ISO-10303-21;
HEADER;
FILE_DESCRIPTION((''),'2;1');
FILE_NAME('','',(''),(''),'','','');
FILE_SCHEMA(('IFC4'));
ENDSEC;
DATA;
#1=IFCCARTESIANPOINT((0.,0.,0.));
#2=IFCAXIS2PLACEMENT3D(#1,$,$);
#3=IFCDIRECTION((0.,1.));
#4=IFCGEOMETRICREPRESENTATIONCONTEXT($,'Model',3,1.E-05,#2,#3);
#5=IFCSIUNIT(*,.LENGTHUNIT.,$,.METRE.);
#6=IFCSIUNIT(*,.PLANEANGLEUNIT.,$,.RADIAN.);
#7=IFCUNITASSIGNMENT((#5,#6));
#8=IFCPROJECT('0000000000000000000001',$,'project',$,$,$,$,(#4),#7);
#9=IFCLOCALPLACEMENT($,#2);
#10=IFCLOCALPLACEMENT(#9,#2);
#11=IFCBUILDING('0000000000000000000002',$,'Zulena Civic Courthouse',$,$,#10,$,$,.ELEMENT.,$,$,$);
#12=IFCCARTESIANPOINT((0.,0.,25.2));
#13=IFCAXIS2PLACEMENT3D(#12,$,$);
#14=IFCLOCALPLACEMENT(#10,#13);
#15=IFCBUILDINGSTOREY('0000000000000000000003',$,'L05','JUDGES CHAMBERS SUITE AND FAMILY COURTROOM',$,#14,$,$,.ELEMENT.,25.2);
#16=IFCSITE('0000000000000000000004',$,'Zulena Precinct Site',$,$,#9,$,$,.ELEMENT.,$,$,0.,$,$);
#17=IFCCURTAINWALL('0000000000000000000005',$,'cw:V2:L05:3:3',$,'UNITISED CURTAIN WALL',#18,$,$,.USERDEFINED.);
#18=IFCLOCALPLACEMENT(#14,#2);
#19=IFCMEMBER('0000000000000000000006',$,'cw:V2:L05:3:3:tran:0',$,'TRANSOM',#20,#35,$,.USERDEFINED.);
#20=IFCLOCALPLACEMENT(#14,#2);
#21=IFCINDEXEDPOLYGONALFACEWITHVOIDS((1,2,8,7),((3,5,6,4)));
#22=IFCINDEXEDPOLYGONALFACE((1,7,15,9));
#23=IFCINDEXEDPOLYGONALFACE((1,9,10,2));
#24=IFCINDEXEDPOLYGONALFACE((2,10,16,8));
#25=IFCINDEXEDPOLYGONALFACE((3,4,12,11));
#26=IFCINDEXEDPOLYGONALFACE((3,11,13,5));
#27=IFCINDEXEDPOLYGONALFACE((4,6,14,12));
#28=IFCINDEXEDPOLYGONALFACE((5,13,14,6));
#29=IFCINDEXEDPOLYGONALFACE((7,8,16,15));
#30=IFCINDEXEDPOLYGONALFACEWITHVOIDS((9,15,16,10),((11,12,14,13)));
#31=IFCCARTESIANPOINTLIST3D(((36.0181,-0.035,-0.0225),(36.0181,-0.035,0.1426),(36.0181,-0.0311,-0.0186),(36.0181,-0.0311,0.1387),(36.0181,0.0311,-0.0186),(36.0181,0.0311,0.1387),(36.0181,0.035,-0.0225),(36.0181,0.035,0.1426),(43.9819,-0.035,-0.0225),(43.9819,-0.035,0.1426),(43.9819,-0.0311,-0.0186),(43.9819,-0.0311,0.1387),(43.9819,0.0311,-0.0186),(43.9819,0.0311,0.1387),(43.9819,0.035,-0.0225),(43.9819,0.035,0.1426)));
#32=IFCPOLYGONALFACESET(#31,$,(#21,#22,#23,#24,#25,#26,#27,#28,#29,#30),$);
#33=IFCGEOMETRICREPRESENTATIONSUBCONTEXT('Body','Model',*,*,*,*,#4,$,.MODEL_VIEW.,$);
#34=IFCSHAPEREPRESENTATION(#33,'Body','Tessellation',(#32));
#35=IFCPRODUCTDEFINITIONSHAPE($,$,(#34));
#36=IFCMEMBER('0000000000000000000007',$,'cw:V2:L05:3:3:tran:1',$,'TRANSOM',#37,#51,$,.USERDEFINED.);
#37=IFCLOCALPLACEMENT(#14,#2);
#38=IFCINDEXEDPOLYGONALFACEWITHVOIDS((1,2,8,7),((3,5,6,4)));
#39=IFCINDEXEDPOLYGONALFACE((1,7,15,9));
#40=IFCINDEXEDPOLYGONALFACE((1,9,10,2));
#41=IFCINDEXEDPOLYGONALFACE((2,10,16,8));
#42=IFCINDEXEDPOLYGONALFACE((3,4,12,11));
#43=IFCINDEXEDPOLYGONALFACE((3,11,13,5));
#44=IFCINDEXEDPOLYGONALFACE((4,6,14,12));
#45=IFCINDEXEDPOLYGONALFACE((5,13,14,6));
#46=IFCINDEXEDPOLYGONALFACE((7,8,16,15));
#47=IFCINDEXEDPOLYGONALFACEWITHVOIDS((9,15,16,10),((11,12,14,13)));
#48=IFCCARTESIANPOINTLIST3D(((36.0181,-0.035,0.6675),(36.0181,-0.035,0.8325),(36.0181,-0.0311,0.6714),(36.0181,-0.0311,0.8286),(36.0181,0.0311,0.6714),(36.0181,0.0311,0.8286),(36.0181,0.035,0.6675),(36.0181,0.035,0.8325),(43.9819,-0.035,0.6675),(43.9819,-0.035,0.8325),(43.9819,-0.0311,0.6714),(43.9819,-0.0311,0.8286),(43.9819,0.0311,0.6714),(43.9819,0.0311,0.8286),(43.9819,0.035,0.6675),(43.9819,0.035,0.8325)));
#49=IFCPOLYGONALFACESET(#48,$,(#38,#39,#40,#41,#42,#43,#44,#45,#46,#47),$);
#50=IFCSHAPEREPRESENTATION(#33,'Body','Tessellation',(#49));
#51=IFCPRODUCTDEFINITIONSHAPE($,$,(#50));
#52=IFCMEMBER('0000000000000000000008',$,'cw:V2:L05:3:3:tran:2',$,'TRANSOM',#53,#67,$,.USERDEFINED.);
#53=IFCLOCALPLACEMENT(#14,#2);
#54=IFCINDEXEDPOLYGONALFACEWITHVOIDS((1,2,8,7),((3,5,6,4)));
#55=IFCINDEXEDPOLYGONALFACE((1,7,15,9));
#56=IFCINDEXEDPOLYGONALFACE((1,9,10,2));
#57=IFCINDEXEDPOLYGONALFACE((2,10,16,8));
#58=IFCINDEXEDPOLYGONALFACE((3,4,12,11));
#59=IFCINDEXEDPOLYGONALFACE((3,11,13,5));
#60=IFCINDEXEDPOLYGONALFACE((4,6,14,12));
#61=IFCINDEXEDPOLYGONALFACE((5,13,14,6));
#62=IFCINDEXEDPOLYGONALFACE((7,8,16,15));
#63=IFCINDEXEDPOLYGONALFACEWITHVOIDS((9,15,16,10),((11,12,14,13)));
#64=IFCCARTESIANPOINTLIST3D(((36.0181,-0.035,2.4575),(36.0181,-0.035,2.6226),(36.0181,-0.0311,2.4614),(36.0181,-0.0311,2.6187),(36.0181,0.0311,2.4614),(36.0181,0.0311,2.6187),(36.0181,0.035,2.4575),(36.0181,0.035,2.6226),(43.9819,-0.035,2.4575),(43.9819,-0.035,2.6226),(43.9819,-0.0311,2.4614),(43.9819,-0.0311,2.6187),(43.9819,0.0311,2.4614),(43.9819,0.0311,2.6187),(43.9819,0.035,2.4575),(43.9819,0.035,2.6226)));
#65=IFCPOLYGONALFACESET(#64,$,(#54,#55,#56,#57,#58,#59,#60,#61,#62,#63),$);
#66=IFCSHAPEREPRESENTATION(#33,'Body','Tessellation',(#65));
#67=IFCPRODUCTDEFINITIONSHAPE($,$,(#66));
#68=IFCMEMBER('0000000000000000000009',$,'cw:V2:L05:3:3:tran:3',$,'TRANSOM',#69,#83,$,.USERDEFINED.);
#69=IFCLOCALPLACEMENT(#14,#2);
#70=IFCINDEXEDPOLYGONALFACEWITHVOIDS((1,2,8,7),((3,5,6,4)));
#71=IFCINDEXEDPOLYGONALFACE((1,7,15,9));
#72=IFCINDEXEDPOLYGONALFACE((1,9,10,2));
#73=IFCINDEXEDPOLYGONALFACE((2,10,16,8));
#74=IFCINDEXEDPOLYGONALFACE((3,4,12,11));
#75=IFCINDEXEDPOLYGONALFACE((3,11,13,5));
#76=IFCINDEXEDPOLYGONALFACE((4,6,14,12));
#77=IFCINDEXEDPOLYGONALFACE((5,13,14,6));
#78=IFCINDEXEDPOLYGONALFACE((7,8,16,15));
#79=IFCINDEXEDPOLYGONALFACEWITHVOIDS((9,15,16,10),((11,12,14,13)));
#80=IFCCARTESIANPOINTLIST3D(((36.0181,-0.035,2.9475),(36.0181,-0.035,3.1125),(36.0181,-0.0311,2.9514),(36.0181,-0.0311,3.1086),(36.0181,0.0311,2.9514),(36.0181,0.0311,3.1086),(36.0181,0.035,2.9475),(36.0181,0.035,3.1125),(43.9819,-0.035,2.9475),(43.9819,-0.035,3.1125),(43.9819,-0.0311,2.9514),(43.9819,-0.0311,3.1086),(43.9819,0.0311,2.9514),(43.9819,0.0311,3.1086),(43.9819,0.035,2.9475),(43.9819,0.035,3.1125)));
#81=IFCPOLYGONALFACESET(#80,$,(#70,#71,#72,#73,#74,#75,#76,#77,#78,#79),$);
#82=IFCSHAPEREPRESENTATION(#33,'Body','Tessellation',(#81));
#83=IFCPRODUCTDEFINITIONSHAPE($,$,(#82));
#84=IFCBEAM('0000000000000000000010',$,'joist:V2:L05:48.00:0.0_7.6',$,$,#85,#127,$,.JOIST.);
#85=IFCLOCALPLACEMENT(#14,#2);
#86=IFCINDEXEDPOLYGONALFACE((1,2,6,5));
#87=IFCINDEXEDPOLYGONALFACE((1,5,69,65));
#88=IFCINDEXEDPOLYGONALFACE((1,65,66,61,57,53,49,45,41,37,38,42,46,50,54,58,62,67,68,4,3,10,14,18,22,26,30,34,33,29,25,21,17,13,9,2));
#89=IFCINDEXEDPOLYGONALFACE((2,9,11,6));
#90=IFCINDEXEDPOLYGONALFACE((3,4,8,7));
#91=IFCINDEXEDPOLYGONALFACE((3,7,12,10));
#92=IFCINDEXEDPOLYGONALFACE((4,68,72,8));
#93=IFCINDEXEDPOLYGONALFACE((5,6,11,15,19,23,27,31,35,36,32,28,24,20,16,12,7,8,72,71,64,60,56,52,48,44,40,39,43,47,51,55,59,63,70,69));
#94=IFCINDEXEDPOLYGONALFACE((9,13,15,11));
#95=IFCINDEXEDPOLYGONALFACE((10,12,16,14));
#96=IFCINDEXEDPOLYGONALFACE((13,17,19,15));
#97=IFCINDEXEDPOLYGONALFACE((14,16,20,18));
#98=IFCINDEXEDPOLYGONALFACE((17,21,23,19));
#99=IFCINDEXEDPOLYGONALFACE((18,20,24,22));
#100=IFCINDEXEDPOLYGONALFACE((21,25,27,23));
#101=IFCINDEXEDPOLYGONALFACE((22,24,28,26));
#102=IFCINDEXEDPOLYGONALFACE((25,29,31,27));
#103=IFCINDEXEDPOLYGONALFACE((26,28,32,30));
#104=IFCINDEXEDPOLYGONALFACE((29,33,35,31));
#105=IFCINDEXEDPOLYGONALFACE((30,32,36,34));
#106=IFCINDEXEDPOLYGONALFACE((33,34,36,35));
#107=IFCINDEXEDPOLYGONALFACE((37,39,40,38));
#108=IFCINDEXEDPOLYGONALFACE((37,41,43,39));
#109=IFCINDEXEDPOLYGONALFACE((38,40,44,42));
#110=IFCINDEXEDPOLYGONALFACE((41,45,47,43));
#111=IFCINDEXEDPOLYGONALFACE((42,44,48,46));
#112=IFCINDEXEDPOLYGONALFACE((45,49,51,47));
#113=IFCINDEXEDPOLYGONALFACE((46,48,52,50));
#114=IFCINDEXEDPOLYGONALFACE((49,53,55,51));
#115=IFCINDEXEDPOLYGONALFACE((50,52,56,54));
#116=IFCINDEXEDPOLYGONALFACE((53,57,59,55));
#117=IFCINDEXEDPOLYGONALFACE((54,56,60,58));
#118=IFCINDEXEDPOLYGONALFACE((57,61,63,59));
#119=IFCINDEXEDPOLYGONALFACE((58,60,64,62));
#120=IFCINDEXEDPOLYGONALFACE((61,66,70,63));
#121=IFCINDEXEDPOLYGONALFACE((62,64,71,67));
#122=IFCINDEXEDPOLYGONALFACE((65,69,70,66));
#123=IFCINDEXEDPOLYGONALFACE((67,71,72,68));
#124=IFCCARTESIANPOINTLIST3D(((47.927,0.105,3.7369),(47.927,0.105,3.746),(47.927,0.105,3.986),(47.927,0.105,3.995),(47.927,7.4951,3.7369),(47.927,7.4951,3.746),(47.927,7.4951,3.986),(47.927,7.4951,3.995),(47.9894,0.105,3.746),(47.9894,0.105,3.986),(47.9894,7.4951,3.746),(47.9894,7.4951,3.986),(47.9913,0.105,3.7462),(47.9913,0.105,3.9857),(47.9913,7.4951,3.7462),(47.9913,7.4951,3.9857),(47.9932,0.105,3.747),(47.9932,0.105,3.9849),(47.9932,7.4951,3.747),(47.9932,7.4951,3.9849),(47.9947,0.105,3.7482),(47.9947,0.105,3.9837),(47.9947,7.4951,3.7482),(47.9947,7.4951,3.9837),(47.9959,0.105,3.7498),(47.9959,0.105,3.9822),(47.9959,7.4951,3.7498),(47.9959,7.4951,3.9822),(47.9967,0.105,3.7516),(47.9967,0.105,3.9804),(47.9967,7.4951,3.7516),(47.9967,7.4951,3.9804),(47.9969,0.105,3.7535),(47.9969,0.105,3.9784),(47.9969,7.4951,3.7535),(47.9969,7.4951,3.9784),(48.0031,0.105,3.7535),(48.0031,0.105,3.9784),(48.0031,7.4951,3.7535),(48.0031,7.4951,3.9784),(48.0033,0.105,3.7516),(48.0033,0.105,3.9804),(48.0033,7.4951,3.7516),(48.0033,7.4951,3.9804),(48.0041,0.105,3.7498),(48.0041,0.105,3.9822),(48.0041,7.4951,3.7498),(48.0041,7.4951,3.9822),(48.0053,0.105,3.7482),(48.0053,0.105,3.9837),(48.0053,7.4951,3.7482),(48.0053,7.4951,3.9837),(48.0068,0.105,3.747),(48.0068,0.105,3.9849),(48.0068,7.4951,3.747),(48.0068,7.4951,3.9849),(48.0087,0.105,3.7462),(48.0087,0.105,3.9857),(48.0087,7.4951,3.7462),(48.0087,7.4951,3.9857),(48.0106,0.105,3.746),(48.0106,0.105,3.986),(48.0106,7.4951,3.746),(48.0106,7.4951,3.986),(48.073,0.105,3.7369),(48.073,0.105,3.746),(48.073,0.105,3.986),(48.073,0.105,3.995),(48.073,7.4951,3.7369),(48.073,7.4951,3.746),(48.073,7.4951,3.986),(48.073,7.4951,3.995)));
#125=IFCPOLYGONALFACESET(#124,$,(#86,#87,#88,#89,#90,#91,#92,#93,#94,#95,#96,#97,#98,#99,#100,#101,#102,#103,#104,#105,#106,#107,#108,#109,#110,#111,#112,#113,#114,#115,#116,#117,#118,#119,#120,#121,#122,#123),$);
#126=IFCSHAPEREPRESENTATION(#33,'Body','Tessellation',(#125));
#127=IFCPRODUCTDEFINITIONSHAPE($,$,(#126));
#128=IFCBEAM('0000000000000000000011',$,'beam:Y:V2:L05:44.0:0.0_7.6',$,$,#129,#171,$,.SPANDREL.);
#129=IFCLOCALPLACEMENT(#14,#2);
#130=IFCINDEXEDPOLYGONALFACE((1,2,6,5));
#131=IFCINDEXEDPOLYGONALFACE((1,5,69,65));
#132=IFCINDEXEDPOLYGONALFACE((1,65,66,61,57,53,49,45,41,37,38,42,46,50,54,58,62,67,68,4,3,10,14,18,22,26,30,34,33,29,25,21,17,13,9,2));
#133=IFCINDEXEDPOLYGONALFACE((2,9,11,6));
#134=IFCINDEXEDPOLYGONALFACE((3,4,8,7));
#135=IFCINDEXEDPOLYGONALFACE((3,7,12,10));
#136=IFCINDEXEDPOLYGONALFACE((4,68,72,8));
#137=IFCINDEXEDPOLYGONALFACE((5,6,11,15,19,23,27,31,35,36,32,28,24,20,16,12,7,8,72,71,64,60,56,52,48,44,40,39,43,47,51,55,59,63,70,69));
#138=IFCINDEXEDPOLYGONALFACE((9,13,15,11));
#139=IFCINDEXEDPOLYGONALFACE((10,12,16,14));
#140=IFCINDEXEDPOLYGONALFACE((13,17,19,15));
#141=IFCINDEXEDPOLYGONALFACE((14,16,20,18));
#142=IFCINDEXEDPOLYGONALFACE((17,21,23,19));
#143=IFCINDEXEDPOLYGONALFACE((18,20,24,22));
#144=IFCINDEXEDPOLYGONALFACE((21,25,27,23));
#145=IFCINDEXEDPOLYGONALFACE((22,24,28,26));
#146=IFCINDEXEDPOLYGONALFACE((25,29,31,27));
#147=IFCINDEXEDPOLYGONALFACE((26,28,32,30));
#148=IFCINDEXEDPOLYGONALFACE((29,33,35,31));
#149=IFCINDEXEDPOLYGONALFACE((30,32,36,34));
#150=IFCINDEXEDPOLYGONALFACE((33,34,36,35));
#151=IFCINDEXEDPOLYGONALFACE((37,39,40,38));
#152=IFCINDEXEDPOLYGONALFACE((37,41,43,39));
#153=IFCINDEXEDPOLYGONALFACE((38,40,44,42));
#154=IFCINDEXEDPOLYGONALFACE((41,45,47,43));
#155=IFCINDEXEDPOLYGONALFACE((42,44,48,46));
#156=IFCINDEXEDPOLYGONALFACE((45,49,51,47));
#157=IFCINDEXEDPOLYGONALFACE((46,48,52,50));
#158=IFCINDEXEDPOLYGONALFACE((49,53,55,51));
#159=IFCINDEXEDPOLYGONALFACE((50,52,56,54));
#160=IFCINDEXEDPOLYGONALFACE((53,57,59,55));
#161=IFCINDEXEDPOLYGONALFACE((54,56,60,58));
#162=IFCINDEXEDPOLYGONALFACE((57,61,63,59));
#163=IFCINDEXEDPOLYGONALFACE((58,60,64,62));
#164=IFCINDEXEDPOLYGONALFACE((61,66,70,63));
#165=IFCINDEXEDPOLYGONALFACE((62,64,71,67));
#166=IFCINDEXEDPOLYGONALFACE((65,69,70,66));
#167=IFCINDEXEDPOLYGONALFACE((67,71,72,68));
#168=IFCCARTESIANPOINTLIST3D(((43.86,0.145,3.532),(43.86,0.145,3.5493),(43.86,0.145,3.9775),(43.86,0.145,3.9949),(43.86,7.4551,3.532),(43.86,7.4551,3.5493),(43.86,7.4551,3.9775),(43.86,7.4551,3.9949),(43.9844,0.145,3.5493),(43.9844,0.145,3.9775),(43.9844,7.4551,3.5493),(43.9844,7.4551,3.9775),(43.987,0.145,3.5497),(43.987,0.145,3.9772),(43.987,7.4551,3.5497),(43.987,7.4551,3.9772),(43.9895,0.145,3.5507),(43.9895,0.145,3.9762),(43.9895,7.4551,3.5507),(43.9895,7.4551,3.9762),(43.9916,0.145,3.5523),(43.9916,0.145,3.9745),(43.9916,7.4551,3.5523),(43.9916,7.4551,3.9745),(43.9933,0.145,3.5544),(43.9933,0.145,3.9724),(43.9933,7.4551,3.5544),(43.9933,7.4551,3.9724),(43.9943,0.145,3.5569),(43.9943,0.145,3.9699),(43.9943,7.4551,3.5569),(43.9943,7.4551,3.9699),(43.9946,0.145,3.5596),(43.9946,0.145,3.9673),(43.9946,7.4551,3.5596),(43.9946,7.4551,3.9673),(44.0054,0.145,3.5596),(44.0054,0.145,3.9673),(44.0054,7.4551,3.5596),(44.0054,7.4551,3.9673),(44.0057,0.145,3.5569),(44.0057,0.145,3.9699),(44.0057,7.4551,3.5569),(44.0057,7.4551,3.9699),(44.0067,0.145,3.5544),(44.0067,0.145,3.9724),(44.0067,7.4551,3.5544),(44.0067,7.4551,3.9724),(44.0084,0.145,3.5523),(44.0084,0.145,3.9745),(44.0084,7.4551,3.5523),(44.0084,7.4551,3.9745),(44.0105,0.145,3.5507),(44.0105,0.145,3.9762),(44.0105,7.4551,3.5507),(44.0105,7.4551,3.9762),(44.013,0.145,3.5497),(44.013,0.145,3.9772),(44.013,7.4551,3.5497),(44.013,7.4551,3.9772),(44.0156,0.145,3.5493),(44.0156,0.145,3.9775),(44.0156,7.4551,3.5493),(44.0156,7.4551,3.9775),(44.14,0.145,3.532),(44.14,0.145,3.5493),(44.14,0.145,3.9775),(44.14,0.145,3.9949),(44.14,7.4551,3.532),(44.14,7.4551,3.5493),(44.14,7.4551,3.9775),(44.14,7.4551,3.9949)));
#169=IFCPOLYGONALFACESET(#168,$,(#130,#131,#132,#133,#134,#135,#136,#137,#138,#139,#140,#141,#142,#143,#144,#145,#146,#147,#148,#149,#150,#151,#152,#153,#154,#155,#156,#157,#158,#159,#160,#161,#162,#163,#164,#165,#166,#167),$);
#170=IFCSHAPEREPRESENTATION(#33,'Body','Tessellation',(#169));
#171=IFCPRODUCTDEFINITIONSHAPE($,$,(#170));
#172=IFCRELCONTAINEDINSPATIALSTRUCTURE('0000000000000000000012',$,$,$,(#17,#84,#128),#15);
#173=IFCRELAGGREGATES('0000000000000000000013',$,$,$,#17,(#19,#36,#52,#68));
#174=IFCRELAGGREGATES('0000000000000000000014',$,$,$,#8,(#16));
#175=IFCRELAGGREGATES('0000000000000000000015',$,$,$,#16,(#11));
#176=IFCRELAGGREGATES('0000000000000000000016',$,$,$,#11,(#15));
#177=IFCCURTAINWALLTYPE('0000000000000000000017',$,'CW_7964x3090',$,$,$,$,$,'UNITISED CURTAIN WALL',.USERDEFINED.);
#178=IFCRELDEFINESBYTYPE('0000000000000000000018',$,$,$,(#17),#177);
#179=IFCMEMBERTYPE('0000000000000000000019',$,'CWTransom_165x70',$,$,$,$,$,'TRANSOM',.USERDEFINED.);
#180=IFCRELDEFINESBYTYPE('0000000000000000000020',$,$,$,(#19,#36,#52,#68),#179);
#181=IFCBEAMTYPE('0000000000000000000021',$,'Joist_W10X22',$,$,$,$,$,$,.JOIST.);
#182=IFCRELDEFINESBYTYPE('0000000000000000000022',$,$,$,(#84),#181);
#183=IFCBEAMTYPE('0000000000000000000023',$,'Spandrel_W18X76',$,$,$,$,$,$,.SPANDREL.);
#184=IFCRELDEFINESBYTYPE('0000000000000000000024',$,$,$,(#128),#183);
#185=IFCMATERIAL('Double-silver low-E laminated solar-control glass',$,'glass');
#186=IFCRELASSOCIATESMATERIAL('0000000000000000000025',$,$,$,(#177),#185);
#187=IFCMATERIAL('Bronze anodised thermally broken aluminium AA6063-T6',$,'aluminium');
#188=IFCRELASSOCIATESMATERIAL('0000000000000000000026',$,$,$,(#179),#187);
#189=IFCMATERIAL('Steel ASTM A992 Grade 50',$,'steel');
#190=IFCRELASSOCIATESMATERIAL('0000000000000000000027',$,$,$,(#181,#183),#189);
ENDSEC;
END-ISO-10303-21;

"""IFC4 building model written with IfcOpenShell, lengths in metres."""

from ifc_helpers import new_model, si_unit, direction, frame, origin, origin_2d, place, context, subcontext, project, spatial, hollow_rectangle, i_section, extrude, material, material_profile, profile_set, type_object, element, aggregate, save


model = new_model("IFC4")

# Units and contexts
model_context = context("Model", 3, precision=1e-05, world=origin(), true_north=direction((0.0, 1.0)))
body_context = subcontext(model_context, "Body", "Model", "MODEL_VIEW")
ifc_project = project(units=[si_unit("LENGTHUNIT", "METRE"), si_unit("PLANEANGLEUNIT", "RADIAN")], contexts=[model_context])

# Site, building, storey
site_placement = place(None, origin())
site = spatial("IfcSite", under=ifc_project, at=site_placement, Name="Zulena Precinct Site", CompositionType="ELEMENT", RefElevation=0.0)
building_placement = place(site_placement, origin())
building = spatial("IfcBuilding", under=site, at=building_placement, Name="Zulena Civic Courthouse", CompositionType="ELEMENT")
storey_placement = place(building_placement, frame((0.0, 0.0, 25.2)))
storey = spatial("IfcBuildingStorey", under=building, at=storey_placement, Name="L05", Description="JUDGES CHAMBERS SUITE AND FAMILY COURTROOM", CompositionType="ELEMENT", Elevation=25.2)

# Shared definitions
ifc_material_1 = material(Name="Steel ASTM A992 Grade 50", Category="steel")

# Curtain wall, members
ifc_material_2 = material(Name="Double-silver low-E laminated solar-control glass", Category="glass")
curtain_wall_type = type_object("IfcCurtainWallType", Name="CW_7964x3090", ElementType="UNITISED CURTAIN WALL", PredefinedType="USERDEFINED", material=ifc_material_2)
curtain_wall_placement = place(storey_placement, origin())
curtain_wall = element("IfcCurtainWall", 1, at=curtain_wall_placement, inside=storey, type_object=curtain_wall_type, Name="cw:V2:L05:3:3", ObjectType="UNITISED CURTAIN WALL", PredefinedType="USERDEFINED")
ifc_material_3 = material(Name="Bronze anodised thermally broken aluminium AA6063-T6", Category="aluminium")
ifc_material_profile_1 = material_profile(ifc_material_3, hollow_rectangle(XDim=0.0701, YDim=0.165, WallThickness=0.0039, at=origin_2d()), Name="CWT165X70X4")
ifc_profile_set_1 = profile_set([ifc_material_profile_1], Name="Bronze anodised thermally broken aluminium AA6063-T6")
member_type_1 = type_object("IfcMemberType", Name="CWTransom_165x70", ElementType="TRANSOM", PredefinedType="USERDEFINED", material=ifc_profile_set_1)
member_1_placement = place(storey_placement, frame((43.9819, 0.0, 0.0601), z_axis=(-1.0, 0.0, 0.0), x_axis=(0.0, -1.0, 0.0)))
member_1 = element("IfcMember", 2, at=member_1_placement, type_object=member_type_1, Name="cw:V2:L05:3:3:tran:0", ObjectType="TRANSOM", PredefinedType="USERDEFINED", context=body_context, shape_type="SweptSolid", body=[
    extrude(hollow_rectangle(XDim=0.0701, YDim=0.165, WallThickness=0.0039, at=origin_2d()), origin(), (0.0, 0.0, 1.0), 7.9639),
])
member_2_placement = place(storey_placement, frame((43.9819, 0.0, 0.75), z_axis=(-1.0, 0.0, 0.0), x_axis=(0.0, -1.0, 0.0)))
member_2 = element("IfcMember", 3, at=member_2_placement, type_object=member_type_1, Name="cw:V2:L05:3:3:tran:1", ObjectType="TRANSOM", PredefinedType="USERDEFINED", context=body_context, shape_type="SweptSolid", body=[
    extrude(hollow_rectangle(XDim=0.0701, YDim=0.165, WallThickness=0.0039, at=origin_2d()), origin(), (0.0, 0.0, 1.0), 7.9639),
])
member_3_placement = place(storey_placement, frame((43.9819, 0.0, 2.54), z_axis=(-1.0, 0.0, 0.0), x_axis=(0.0, -1.0, 0.0)))
member_3 = element("IfcMember", 4, at=member_3_placement, type_object=member_type_1, Name="cw:V2:L05:3:3:tran:2", ObjectType="TRANSOM", PredefinedType="USERDEFINED", context=body_context, shape_type="SweptSolid", body=[
    extrude(hollow_rectangle(XDim=0.0701, YDim=0.165, WallThickness=0.0039, at=origin_2d()), origin(), (0.0, 0.0, 1.0), 7.9639),
])
member_4_placement = place(storey_placement, frame((43.9819, 0.0, 3.03), z_axis=(-1.0, 0.0, 0.0), x_axis=(0.0, -1.0, 0.0)))
member_4 = element("IfcMember", 5, at=member_4_placement, type_object=member_type_1, Name="cw:V2:L05:3:3:tran:3", ObjectType="TRANSOM", PredefinedType="USERDEFINED", context=body_context, shape_type="SweptSolid", body=[
    extrude(hollow_rectangle(XDim=0.0701, YDim=0.165, WallThickness=0.0039, at=origin_2d()), origin(), (0.0, 0.0, 1.0), 7.9639),
])

# Beams
ifc_material_profile_2 = material_profile(ifc_material_1, i_section(OverallWidth=0.146, OverallDepth=0.2581, WebThickness=0.0061, FlangeThickness=0.009, FilletRadius=0.0076, at=origin_2d()), Name="W10X22")
ifc_profile_set_2 = profile_set([ifc_material_profile_2], Name="Steel ASTM A992 Grade 50")
beam_type_1 = type_object("IfcBeamType", Name="Joist_W10X22", PredefinedType="JOIST", material=ifc_profile_set_2)
beam_1_placement = place(storey_placement, frame((48.0, 0.105, 3.866), z_axis=(0.0, 1.0, 0.0), x_axis=(-1.0, 0.0, 0.0)))
element("IfcBeam", 6, at=beam_1_placement, inside=storey, type_object=beam_type_1, Name="joist:V2:L05:48.00:0.0_7.6", PredefinedType="JOIST", context=body_context, shape_type="SweptSolid", body=[
    extrude(i_section(OverallWidth=0.146, OverallDepth=0.2581, WebThickness=0.0061, FlangeThickness=0.009, FilletRadius=0.0076, at=origin_2d()), origin(), (0.0, 0.0, 1.0), 7.3901),
])
ifc_material_profile_3 = material_profile(ifc_material_1, i_section(OverallWidth=0.28, OverallDepth=0.4629, WebThickness=0.0107, FlangeThickness=0.0173, FilletRadius=0.0103, at=origin_2d()), Name="W18X76")
ifc_profile_set_3 = profile_set([ifc_material_profile_3], Name="Steel ASTM A992 Grade 50")
beam_type_2 = type_object("IfcBeamType", Name="Spandrel_W18X76", PredefinedType="SPANDREL", material=ifc_profile_set_3)
for number, where, z_axis, x_axis, name in (
    (7, (44.0, 0.145, 3.7634), (0.0, 1.0, 0.0), (-1.0, 0.0, 0.0), "beam:Y:V2:L05:44.0:0.0_7.6"),
):
    element("IfcBeam", number, at=place(storey_placement, frame(where, z_axis=z_axis, x_axis=x_axis)), inside=storey, type_object=beam_type_2, Name=name, PredefinedType="SPANDREL", context=body_context, shape_type="SweptSolid", body=[
        extrude(i_section(OverallWidth=0.28, OverallDepth=0.4629, WebThickness=0.0107, FlangeThickness=0.0173, FilletRadius=0.0103, at=origin_2d()), origin(), (0.0, 0.0, 1.0), 7.3101),
    ])

aggregate(curtain_wall, [member_1, member_2, member_3, member_4])

save(model, "model.ifc")
